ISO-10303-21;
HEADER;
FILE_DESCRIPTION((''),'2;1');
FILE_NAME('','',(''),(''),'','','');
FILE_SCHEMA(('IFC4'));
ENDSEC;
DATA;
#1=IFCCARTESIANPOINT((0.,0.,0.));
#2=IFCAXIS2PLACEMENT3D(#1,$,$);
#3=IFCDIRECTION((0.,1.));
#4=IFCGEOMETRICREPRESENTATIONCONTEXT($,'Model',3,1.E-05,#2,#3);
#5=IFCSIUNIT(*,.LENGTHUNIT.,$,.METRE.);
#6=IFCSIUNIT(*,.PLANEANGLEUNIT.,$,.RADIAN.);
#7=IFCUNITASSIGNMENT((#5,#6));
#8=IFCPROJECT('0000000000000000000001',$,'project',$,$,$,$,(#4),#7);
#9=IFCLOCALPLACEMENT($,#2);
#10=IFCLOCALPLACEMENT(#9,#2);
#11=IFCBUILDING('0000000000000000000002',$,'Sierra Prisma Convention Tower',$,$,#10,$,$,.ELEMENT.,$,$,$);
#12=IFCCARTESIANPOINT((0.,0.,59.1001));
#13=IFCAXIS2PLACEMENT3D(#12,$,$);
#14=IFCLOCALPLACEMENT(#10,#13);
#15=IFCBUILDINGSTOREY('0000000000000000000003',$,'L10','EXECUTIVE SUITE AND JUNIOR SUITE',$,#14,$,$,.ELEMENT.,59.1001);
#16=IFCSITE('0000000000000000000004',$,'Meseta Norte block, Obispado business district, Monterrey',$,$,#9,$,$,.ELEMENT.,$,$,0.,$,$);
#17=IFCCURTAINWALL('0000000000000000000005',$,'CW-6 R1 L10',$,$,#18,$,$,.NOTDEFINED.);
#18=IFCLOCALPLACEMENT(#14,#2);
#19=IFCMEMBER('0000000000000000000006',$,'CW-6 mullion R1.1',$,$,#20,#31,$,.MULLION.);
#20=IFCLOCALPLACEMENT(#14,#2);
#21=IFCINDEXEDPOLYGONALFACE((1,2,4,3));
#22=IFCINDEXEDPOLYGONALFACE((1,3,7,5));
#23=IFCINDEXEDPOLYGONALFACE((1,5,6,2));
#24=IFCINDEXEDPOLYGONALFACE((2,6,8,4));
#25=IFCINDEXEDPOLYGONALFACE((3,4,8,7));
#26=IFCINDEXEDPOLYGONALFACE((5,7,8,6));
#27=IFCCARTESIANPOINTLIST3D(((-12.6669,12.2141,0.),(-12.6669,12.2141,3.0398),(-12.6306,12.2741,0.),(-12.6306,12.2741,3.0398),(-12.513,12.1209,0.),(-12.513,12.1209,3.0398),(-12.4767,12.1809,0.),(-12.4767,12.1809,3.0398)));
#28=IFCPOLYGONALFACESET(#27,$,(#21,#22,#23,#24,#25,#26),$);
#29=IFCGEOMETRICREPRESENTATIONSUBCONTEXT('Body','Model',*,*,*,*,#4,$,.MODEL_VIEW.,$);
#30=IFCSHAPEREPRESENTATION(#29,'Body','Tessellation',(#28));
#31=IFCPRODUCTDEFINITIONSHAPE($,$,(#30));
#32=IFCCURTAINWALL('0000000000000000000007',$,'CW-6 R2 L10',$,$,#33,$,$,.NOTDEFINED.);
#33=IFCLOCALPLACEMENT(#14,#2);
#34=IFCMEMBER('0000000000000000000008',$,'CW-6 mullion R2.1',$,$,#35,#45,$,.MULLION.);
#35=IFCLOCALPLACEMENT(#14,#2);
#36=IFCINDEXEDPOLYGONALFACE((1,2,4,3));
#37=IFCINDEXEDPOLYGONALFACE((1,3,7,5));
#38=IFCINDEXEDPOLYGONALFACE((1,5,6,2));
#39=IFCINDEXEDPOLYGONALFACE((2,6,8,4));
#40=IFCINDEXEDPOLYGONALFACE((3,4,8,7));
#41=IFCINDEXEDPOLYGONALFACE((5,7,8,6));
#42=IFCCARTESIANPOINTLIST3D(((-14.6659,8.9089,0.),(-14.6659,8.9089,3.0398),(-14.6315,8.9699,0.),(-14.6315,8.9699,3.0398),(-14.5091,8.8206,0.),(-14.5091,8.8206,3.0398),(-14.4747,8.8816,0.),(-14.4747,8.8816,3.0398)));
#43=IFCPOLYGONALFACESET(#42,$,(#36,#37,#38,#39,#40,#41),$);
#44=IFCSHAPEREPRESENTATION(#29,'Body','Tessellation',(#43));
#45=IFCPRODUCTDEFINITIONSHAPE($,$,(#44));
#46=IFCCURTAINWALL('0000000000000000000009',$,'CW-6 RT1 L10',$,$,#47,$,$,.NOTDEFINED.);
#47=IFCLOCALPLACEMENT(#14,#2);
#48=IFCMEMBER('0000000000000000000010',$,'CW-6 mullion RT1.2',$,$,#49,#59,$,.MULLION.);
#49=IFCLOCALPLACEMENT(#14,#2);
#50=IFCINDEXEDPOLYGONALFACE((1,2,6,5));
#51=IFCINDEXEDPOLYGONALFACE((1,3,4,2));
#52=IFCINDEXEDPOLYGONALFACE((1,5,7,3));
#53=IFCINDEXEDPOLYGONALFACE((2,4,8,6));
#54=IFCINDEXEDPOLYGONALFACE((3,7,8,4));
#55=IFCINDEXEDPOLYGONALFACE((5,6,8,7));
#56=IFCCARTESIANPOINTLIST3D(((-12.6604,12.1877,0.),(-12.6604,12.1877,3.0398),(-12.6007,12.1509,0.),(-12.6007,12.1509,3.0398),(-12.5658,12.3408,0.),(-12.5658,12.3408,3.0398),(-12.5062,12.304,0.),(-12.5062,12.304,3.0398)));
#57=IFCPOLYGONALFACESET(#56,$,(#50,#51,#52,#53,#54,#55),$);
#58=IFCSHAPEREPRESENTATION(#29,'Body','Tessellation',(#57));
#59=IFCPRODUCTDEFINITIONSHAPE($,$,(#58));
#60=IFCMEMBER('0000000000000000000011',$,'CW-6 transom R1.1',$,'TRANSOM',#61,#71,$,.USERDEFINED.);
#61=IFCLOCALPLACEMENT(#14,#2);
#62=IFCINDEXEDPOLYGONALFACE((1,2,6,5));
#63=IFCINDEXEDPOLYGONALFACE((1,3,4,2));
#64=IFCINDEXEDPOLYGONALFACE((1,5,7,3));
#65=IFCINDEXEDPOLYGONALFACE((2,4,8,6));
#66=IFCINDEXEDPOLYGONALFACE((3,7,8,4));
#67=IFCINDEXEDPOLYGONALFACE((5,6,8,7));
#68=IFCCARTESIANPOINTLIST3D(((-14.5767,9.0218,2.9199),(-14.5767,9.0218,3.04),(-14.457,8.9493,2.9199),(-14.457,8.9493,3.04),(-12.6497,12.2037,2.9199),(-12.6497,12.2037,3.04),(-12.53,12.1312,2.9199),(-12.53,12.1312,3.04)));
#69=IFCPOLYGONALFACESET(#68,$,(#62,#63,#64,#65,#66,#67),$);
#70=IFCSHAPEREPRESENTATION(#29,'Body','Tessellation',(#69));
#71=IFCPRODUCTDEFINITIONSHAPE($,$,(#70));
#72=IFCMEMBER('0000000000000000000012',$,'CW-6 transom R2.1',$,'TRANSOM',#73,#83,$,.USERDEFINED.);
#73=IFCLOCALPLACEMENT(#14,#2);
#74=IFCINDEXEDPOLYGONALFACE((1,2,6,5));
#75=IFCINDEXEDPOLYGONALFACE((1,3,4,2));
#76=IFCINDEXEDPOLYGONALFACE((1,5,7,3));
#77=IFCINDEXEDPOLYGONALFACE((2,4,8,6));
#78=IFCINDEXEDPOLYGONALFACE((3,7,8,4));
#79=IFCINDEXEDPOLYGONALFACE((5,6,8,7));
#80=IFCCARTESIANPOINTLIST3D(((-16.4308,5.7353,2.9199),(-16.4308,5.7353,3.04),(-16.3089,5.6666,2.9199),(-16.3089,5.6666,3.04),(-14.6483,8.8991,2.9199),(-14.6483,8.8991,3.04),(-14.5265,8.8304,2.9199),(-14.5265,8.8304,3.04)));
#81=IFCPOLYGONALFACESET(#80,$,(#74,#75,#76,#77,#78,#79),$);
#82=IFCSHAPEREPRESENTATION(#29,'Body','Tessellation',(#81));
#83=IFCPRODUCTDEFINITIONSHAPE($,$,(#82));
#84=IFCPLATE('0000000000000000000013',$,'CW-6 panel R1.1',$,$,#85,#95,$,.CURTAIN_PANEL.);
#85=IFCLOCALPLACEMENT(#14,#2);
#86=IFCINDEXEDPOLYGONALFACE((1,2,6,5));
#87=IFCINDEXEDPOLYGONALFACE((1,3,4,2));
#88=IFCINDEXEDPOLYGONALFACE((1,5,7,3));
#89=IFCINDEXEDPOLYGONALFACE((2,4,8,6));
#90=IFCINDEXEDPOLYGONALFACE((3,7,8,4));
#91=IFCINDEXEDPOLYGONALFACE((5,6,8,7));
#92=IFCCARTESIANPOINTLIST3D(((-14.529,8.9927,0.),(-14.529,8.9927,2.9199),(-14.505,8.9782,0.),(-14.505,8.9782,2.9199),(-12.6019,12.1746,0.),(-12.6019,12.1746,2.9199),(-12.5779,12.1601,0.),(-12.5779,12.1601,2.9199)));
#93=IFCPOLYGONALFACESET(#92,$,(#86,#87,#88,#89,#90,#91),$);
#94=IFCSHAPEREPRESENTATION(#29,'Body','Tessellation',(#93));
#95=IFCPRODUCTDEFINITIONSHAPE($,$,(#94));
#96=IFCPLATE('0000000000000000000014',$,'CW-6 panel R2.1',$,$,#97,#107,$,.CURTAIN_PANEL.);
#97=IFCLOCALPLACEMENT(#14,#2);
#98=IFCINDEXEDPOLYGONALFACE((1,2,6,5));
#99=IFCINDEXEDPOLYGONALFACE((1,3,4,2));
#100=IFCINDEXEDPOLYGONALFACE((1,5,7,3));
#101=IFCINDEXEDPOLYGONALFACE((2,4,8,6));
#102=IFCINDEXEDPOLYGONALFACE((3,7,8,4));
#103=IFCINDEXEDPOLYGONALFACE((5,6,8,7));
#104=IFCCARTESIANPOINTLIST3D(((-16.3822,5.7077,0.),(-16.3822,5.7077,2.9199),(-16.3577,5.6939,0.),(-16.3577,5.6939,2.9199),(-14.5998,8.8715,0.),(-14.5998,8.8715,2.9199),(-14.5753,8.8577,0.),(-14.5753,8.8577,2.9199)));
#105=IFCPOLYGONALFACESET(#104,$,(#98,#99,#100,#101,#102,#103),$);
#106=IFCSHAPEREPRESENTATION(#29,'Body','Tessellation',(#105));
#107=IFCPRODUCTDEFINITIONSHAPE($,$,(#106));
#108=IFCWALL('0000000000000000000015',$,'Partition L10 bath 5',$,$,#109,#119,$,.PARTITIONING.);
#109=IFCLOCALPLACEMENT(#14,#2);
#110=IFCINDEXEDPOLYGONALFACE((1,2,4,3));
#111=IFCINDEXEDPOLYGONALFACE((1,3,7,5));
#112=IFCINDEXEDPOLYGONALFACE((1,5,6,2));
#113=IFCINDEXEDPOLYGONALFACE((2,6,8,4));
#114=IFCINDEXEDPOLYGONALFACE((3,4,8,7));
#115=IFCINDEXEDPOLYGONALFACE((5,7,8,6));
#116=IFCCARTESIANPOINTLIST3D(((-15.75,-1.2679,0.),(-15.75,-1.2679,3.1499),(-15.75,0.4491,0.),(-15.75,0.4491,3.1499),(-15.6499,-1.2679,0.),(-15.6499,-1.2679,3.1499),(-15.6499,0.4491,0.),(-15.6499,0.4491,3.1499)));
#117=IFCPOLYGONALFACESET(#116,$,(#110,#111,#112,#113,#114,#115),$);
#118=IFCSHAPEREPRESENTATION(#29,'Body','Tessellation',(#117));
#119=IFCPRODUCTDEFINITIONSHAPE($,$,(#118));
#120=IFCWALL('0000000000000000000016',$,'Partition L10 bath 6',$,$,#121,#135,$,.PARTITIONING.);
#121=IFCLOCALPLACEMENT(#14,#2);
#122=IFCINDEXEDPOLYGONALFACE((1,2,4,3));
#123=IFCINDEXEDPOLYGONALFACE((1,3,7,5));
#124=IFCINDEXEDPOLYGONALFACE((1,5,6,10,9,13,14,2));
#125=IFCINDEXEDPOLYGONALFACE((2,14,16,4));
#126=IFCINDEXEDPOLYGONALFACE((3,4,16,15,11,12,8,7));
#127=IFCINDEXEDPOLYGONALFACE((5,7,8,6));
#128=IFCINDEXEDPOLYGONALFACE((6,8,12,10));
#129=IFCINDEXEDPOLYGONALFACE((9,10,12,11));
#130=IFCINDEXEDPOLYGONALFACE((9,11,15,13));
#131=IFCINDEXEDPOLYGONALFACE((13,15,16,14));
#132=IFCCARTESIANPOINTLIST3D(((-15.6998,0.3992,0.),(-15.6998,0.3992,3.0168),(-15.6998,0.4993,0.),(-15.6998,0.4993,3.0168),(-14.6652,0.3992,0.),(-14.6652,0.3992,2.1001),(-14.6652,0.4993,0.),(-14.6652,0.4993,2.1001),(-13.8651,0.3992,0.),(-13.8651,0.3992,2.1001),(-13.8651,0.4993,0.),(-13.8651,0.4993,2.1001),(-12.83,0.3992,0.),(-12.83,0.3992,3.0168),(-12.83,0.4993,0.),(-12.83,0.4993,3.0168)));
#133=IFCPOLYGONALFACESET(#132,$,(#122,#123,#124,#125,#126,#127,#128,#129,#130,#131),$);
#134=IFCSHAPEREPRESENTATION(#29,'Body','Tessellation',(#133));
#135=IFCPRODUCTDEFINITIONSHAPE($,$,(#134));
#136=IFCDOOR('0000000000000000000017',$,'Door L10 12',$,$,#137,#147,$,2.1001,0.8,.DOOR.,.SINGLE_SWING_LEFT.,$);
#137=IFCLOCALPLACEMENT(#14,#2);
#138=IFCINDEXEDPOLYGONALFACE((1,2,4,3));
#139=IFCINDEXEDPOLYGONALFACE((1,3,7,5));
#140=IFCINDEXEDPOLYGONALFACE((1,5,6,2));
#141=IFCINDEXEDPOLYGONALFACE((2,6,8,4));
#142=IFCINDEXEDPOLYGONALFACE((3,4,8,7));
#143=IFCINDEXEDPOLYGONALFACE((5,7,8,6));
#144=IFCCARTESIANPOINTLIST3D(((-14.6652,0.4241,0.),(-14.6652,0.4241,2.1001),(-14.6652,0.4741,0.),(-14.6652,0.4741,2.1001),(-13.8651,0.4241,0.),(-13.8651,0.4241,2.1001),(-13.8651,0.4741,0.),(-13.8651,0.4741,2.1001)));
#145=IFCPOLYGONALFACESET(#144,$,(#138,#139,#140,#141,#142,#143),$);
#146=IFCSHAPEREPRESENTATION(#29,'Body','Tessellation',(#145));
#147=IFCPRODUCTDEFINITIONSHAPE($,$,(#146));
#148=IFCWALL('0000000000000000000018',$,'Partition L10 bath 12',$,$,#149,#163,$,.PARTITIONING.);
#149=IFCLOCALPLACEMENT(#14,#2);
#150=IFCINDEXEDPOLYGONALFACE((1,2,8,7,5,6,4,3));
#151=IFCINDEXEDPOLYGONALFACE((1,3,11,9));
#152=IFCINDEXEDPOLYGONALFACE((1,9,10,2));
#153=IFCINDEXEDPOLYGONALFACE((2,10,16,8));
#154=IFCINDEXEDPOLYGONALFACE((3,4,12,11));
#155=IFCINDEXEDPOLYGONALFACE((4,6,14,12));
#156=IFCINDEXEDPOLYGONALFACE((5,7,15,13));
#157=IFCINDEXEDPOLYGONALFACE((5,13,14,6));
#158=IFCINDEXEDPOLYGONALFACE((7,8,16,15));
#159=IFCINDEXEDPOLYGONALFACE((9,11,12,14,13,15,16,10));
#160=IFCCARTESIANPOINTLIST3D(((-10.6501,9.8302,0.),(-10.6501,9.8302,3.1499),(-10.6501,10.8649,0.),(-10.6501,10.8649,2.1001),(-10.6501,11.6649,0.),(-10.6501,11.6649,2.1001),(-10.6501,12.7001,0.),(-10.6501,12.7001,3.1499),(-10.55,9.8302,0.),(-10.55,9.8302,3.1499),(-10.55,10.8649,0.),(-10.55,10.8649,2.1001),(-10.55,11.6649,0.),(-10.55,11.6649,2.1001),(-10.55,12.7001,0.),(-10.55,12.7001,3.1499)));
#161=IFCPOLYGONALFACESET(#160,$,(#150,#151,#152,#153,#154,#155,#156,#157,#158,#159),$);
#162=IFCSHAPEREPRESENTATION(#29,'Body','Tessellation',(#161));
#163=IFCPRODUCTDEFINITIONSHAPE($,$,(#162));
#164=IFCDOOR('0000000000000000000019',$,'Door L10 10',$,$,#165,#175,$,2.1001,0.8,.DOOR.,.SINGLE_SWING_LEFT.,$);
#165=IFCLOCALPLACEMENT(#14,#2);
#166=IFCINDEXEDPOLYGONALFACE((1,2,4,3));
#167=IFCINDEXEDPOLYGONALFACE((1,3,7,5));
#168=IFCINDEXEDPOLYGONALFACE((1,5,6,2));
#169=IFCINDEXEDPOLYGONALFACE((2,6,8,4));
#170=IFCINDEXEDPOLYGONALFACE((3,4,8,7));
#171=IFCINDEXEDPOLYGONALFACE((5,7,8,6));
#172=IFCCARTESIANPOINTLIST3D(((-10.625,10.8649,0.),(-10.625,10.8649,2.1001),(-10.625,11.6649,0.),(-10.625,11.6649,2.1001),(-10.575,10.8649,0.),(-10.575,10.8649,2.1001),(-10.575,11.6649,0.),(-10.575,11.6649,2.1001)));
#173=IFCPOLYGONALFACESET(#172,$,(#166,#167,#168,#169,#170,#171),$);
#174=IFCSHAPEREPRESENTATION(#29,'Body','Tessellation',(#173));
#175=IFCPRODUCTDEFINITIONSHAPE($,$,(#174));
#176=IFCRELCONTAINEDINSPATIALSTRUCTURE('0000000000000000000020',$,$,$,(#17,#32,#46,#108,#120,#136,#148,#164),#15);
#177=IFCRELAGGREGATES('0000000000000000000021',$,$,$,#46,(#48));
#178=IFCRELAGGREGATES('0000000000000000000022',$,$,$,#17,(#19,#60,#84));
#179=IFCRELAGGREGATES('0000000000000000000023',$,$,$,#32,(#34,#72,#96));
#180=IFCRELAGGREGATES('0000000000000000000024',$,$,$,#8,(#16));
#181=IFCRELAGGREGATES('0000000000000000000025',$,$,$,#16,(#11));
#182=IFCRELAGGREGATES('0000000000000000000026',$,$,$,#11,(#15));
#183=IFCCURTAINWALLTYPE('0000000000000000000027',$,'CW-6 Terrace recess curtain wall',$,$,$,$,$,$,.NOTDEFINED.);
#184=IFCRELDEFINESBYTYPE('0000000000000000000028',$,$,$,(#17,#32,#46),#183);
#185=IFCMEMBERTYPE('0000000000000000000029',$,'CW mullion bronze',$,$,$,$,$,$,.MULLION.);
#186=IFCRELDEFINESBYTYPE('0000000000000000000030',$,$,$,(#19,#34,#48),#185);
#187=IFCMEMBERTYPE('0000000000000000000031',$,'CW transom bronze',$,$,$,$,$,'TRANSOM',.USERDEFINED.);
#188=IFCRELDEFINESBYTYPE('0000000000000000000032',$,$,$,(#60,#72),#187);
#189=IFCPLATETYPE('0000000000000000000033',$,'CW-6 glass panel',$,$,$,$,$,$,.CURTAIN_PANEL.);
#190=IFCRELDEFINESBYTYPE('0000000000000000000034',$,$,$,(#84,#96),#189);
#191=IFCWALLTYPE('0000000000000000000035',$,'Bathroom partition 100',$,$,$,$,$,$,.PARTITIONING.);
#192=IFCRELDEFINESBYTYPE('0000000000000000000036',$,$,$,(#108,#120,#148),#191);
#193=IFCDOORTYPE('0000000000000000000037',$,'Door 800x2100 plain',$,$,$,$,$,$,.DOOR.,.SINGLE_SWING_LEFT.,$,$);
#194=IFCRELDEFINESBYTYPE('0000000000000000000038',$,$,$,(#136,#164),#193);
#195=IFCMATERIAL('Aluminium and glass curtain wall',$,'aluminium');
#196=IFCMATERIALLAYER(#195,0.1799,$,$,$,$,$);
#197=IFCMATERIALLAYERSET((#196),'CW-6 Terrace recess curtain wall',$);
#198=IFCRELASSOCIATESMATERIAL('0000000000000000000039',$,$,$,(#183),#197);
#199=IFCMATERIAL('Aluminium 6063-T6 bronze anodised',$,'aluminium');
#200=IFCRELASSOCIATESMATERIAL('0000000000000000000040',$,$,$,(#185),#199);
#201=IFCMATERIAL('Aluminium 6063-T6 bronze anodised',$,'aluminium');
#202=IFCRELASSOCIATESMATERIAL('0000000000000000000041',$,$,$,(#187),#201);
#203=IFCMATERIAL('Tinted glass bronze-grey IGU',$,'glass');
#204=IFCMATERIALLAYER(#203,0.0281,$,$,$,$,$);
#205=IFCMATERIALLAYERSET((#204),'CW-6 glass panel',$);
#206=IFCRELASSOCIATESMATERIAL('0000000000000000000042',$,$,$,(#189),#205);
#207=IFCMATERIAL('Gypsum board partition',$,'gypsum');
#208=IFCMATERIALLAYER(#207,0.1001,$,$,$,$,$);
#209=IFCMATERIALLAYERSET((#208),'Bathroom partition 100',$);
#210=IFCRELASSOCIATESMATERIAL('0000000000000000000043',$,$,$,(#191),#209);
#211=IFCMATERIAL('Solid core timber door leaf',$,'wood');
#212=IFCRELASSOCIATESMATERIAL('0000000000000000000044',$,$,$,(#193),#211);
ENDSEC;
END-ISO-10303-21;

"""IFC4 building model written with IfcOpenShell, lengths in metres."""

from ifc_helpers import new_model, si_unit, direction, frame, frame_2d, origin, origin_2d, place, context, subcontext, project, spatial, rectangle, extrude, material, layer, layer_set, material_profile, profile_set, type_object, element, fill, aggregate, save


model = new_model("IFC4")

# Units and contexts
model_context = context("Model", 3, precision=1e-05, world=origin(), true_north=direction((0.0, 1.0)))
body_context = subcontext(model_context, "Body", "Model", "MODEL_VIEW")
ifc_project = project(units=[si_unit("LENGTHUNIT", "METRE"), si_unit("PLANEANGLEUNIT", "RADIAN")], contexts=[model_context])

# Site, building, storey
site_placement = place(None, origin())
site = spatial("IfcSite", under=ifc_project, at=site_placement, Name="Meseta Norte block, Obispado business district, Monterrey", CompositionType="ELEMENT", RefElevation=0.0)
building_placement = place(site_placement, origin())
building = spatial("IfcBuilding", under=site, at=building_placement, Name="Sierra Prisma Convention Tower", CompositionType="ELEMENT")
storey_placement = place(building_placement, frame((0.0, 0.0, 59.1001)))
storey = spatial("IfcBuildingStorey", under=building, at=storey_placement, Name="L10", Description="EXECUTIVE SUITE AND JUNIOR SUITE", CompositionType="ELEMENT", Elevation=59.1001)

# Curtain walls, members
ifc_material_1 = material(Name="Aluminium and glass curtain wall", Category="aluminium")
ifc_layer_1 = layer(ifc_material_1, 0.1799)
ifc_layer_set_1 = layer_set([ifc_layer_1], Name="CW-6 Terrace recess curtain wall")
curtain_wall_type = type_object("IfcCurtainWallType", Name="CW-6 Terrace recess curtain wall", PredefinedType="NOTDEFINED", material=ifc_layer_set_1)
curtain_wall_1_placement = place(storey_placement, origin())
curtain_wall_1 = element("IfcCurtainWall", 1, at=curtain_wall_1_placement, inside=storey, type_object=curtain_wall_type, Name="CW-6 R1 L10", PredefinedType="NOTDEFINED")
ifc_material_2 = material(Name="Aluminium 6063-T6 bronze anodised", Category="aluminium")
ifc_material_profile_1 = material_profile(ifc_material_2, rectangle(XDim=0.1799, YDim=0.0701, at=origin_2d()), Name="ALU MULLION 70x180")
ifc_profile_set_1 = profile_set([ifc_material_profile_1], Name="Aluminium 6063-T6 bronze anodised")
member_type_1 = type_object("IfcMemberType", Name="CW mullion bronze", PredefinedType="MULLION", material=ifc_profile_set_1)
member_1_placement = place(storey_placement, frame((-12.5718, 12.1975, 0.0), z_axis=(0.0, 0.0, 1.0), x_axis=(0.855359, -0.518035, 0.0)))
member_1 = element("IfcMember", 2, at=member_1_placement, type_object=member_type_1, Name="CW-6 mullion R1.1", PredefinedType="MULLION", context=body_context, shape_type="SweptSolid", body=[
    extrude(rectangle(XDim=0.1799, YDim=0.0701, at=origin_2d()), origin(), (0.0, 0.0, 1.0), 3.0398),
])
curtain_wall_2_placement = place(storey_placement, origin())
curtain_wall_2 = element("IfcCurtainWall", 3, at=curtain_wall_2_placement, inside=storey, type_object=curtain_wall_type, Name="CW-6 R2 L10", PredefinedType="NOTDEFINED")
member_2_placement = place(storey_placement, frame((-14.5703, 8.8953, 0.0), z_axis=(0.0, 0.0, 1.0), x_axis=(0.871256, -0.490829, 0.0)))
member_2 = element("IfcMember", 4, at=member_2_placement, type_object=member_type_1, Name="CW-6 mullion R2.1", PredefinedType="MULLION", context=body_context, shape_type="SweptSolid", body=[
    extrude(rectangle(XDim=0.1799, YDim=0.0701, at=origin_2d()), origin(), (0.0, 0.0, 1.0), 3.0398),
])
curtain_wall_3_placement = place(storey_placement, origin())
curtain_wall_3 = element("IfcCurtainWall", 5, at=curtain_wall_3_placement, inside=storey, type_object=curtain_wall_type, Name="CW-6 RT1 L10", PredefinedType="NOTDEFINED")
member_3_placement = place(storey_placement, frame((-12.5833, 12.2458, 0.0), z_axis=(0.0, 0.0, 1.0), x_axis=(0.525734, 0.850649, 0.0)))
member_3 = element("IfcMember", 6, at=member_3_placement, type_object=member_type_1, Name="CW-6 mullion RT1.2", PredefinedType="MULLION", context=body_context, shape_type="SweptSolid", body=[
    extrude(rectangle(XDim=0.1799, YDim=0.0701, at=origin_2d()), origin(), (0.0, 0.0, 1.0), 3.0398),
])
aggregate(curtain_wall_3, [member_3])

# Members
ifc_material_3 = material(Name="Aluminium 6063-T6 bronze anodised", Category="aluminium")
ifc_material_profile_2 = material_profile(ifc_material_3, rectangle(XDim=0.1399, YDim=0.1201, at=origin_2d()), Name="ALU TRANSOM 120x140")
ifc_profile_set_2 = profile_set([ifc_material_profile_2], Name="Aluminium 6063-T6 bronze anodised")
member_type_2 = type_object("IfcMemberType", Name="CW transom bronze", ElementType="TRANSOM", PredefinedType="USERDEFINED", material=ifc_profile_set_2)
member_4_placement = place(storey_placement, frame((-12.5898, 12.1675, 2.98), z_axis=(-0.518024, -0.855366, 0.0), x_axis=(0.855366, -0.518024, 0.0)))
member_4 = element("IfcMember", 7, at=member_4_placement, type_object=member_type_2, Name="CW-6 transom R1.1", ObjectType="TRANSOM", PredefinedType="USERDEFINED", context=body_context, shape_type="SweptSolid", body=[
    extrude(rectangle(XDim=0.1399, YDim=0.1201, at=origin_2d()), origin(), (0.0, 0.0, 1.0), 3.72),
])
member_5_placement = place(storey_placement, frame((-14.5874, 8.8647, 2.98), z_axis=(-0.490852, -0.871243, 0.0), x_axis=(0.871243, -0.490852, 0.0)))
member_5 = element("IfcMember", 8, at=member_5_placement, type_object=member_type_2, Name="CW-6 transom R2.1", ObjectType="TRANSOM", PredefinedType="USERDEFINED", context=body_context, shape_type="SweptSolid", body=[
    extrude(rectangle(XDim=0.1399, YDim=0.1201, at=origin_2d()), origin(), (0.0, 0.0, 1.0), 3.6313),
])

# Plates
ifc_material_4 = material(Name="Tinted glass bronze-grey IGU", Category="glass")
ifc_layer_2 = layer(ifc_material_4, 0.0281)
ifc_layer_set_2 = layer_set([ifc_layer_2], Name="CW-6 glass panel")
plate_type = type_object("IfcPlateType", Name="CW-6 glass panel", PredefinedType="CURTAIN_PANEL", material=ifc_layer_set_2)
plate_1_placement = place(storey_placement, frame((-13.5535, 10.5764, 0.0), z_axis=(0.0, 0.0, 1.0), x_axis=(-0.518035, -0.855359, 0.0)))
plate_1 = element("IfcPlate", 9, at=plate_1_placement, type_object=plate_type, Name="CW-6 panel R1.1", PredefinedType="CURTAIN_PANEL", context=body_context, shape_type="SweptSolid", body=[
    extrude(rectangle(XDim=3.72, YDim=0.0281, at=origin_2d()), origin(), (0.0, 0.0, 1.0), 2.9199),
])
aggregate(curtain_wall_1, [member_1, member_4, plate_1])
plate_2_placement = place(storey_placement, frame((-15.4788, 7.2827, 0.0), z_axis=(0.0, 0.0, 1.0), x_axis=(-0.490829, -0.871256, 0.0)))
plate_2 = element("IfcPlate", 10, at=plate_2_placement, type_object=plate_type, Name="CW-6 panel R2.1", PredefinedType="CURTAIN_PANEL", context=body_context, shape_type="SweptSolid", body=[
    extrude(rectangle(XDim=3.6313, YDim=0.0281, at=origin_2d()), origin(), (0.0, 0.0, 1.0), 2.9199),
])
aggregate(curtain_wall_2, [member_2, member_5, plate_2])

# Wall
ifc_material_5 = material(Name="Gypsum board partition", Category="gypsum")
ifc_layer_3 = layer(ifc_material_5, 0.1001)
ifc_layer_set_3 = layer_set([ifc_layer_3], Name="Bathroom partition 100")
wall_type_1 = type_object("IfcWallType", Name="Bathroom partition 100", PredefinedType="PARTITIONING", material=ifc_layer_set_3)
wall_1_placement = place(storey_placement, frame((-15.7, -1.2678, 0.0), z_axis=(0.0, 0.0, 1.0), x_axis=(0.0, 1.0, 0.0)))
element("IfcWall", 11, at=wall_1_placement, inside=storey, type_object=wall_type_1, Name="Partition L10 bath 5", PredefinedType="PARTITIONING", context=body_context, shape_type="SweptSolid", body=[
    extrude(rectangle(XDim=1.717, YDim=0.1001, at=frame_2d((0.8584, 0.0))), origin(), (0.0, 0.0, 1.0), 3.1499),
])

# Walls, openings, doors
wall_2_placement = place(storey_placement, frame((-15.7, 0.4492, 0.0), z_axis=(0.0, 0.0, 1.0), x_axis=(1.0, 0.0, 0.0)))
wall_2 = element("IfcWall", 12, at=wall_2_placement, inside=storey, type_object=wall_type_1, Name="Partition L10 bath 6", PredefinedType="PARTITIONING", context=body_context, shape_type="SweptSolid", body=[
    extrude(rectangle(XDim=2.8699, YDim=0.1001, at=frame_2d((1.4351, 0.0))), origin(), (0.0, 0.0, 1.0), 3.0168),
])
opening_1_placement = place(wall_2_placement, frame((1.0349, 0.0, 0.0)))
opening_1 = element("IfcOpeningElement", 13, at=opening_1_placement, cuts=wall_2, PredefinedType="OPENING", context=body_context, shape_type="SweptSolid", body=[
    extrude(rectangle(XDim=0.8, YDim=2.1001, at=frame_2d((0.3999, 1.05))), frame((0.0, 0.05, 0.0), z_axis=(0.0, -1.0, 0.0), x_axis=(1.0, 0.0, 0.0)), (0.0, 0.0, 1.0), 0.1001),
])
ifc_material_6 = material(Name="Solid core timber door leaf", Category="wood")
door_type_1 = type_object("IfcDoorType", Name="Door 800x2100 plain", OperationType="SINGLE_SWING_LEFT", PredefinedType="DOOR", material=ifc_material_6)
door_1_placement = place(opening_1_placement, origin())
door_1 = element("IfcDoor", 14, at=door_1_placement, inside=storey, type_object=door_type_1, Name="Door L10 12", OperationType="SINGLE_SWING_LEFT", OverallHeight=2.1001, OverallWidth=0.8, PredefinedType="DOOR", context=body_context, shape_type="SweptSolid", body=[
    extrude(rectangle(XDim=0.8, YDim=2.1001, at=frame_2d((0.3999, 1.05))), frame((0.0, 0.0249, 0.0), z_axis=(0.0, -1.0, 0.0), x_axis=(1.0, 0.0, 0.0)), (0.0, 0.0, 1.0), 0.05),
])
fill(opening_1, door_1)
wall_3_placement = place(storey_placement, frame((-10.6001, 9.8301, 0.0), z_axis=(0.0, 0.0, 1.0), x_axis=(0.0, 1.0, 0.0)))
wall_3 = element("IfcWall", 15, at=wall_3_placement, inside=storey, type_object=wall_type_1, Name="Partition L10 bath 12", PredefinedType="PARTITIONING", context=body_context, shape_type="SweptSolid", body=[
    extrude(rectangle(XDim=2.8699, YDim=0.1001, at=frame_2d((1.4351, 0.0))), origin(), (0.0, 0.0, 1.0), 3.1499),
])
opening_2_placement = place(wall_3_placement, frame((1.0349, 0.0, 0.0)))
opening_2 = element("IfcOpeningElement", 16, at=opening_2_placement, cuts=wall_3, PredefinedType="OPENING", context=body_context, shape_type="SweptSolid", body=[
    extrude(rectangle(XDim=0.8, YDim=2.1001, at=frame_2d((0.3999, 1.05))), frame((0.0, 0.05, 0.0), z_axis=(0.0, -1.0, 0.0), x_axis=(1.0, 0.0, 0.0)), (0.0, 0.0, 1.0), 0.1001),
])
door_2_placement = place(opening_2_placement, origin())
door_2 = element("IfcDoor", 17, at=door_2_placement, inside=storey, type_object=door_type_1, Name="Door L10 10", OperationType="SINGLE_SWING_LEFT", OverallHeight=2.1001, OverallWidth=0.8, PredefinedType="DOOR", context=body_context, shape_type="SweptSolid", body=[
    extrude(rectangle(XDim=0.8, YDim=2.1001, at=frame_2d((0.3999, 1.05))), frame((0.0, 0.0249, 0.0), z_axis=(0.0, -1.0, 0.0), x_axis=(1.0, 0.0, 0.0)), (0.0, 0.0, 1.0), 0.05),
])
fill(opening_2, door_2)

save(model, "model.ifc")
